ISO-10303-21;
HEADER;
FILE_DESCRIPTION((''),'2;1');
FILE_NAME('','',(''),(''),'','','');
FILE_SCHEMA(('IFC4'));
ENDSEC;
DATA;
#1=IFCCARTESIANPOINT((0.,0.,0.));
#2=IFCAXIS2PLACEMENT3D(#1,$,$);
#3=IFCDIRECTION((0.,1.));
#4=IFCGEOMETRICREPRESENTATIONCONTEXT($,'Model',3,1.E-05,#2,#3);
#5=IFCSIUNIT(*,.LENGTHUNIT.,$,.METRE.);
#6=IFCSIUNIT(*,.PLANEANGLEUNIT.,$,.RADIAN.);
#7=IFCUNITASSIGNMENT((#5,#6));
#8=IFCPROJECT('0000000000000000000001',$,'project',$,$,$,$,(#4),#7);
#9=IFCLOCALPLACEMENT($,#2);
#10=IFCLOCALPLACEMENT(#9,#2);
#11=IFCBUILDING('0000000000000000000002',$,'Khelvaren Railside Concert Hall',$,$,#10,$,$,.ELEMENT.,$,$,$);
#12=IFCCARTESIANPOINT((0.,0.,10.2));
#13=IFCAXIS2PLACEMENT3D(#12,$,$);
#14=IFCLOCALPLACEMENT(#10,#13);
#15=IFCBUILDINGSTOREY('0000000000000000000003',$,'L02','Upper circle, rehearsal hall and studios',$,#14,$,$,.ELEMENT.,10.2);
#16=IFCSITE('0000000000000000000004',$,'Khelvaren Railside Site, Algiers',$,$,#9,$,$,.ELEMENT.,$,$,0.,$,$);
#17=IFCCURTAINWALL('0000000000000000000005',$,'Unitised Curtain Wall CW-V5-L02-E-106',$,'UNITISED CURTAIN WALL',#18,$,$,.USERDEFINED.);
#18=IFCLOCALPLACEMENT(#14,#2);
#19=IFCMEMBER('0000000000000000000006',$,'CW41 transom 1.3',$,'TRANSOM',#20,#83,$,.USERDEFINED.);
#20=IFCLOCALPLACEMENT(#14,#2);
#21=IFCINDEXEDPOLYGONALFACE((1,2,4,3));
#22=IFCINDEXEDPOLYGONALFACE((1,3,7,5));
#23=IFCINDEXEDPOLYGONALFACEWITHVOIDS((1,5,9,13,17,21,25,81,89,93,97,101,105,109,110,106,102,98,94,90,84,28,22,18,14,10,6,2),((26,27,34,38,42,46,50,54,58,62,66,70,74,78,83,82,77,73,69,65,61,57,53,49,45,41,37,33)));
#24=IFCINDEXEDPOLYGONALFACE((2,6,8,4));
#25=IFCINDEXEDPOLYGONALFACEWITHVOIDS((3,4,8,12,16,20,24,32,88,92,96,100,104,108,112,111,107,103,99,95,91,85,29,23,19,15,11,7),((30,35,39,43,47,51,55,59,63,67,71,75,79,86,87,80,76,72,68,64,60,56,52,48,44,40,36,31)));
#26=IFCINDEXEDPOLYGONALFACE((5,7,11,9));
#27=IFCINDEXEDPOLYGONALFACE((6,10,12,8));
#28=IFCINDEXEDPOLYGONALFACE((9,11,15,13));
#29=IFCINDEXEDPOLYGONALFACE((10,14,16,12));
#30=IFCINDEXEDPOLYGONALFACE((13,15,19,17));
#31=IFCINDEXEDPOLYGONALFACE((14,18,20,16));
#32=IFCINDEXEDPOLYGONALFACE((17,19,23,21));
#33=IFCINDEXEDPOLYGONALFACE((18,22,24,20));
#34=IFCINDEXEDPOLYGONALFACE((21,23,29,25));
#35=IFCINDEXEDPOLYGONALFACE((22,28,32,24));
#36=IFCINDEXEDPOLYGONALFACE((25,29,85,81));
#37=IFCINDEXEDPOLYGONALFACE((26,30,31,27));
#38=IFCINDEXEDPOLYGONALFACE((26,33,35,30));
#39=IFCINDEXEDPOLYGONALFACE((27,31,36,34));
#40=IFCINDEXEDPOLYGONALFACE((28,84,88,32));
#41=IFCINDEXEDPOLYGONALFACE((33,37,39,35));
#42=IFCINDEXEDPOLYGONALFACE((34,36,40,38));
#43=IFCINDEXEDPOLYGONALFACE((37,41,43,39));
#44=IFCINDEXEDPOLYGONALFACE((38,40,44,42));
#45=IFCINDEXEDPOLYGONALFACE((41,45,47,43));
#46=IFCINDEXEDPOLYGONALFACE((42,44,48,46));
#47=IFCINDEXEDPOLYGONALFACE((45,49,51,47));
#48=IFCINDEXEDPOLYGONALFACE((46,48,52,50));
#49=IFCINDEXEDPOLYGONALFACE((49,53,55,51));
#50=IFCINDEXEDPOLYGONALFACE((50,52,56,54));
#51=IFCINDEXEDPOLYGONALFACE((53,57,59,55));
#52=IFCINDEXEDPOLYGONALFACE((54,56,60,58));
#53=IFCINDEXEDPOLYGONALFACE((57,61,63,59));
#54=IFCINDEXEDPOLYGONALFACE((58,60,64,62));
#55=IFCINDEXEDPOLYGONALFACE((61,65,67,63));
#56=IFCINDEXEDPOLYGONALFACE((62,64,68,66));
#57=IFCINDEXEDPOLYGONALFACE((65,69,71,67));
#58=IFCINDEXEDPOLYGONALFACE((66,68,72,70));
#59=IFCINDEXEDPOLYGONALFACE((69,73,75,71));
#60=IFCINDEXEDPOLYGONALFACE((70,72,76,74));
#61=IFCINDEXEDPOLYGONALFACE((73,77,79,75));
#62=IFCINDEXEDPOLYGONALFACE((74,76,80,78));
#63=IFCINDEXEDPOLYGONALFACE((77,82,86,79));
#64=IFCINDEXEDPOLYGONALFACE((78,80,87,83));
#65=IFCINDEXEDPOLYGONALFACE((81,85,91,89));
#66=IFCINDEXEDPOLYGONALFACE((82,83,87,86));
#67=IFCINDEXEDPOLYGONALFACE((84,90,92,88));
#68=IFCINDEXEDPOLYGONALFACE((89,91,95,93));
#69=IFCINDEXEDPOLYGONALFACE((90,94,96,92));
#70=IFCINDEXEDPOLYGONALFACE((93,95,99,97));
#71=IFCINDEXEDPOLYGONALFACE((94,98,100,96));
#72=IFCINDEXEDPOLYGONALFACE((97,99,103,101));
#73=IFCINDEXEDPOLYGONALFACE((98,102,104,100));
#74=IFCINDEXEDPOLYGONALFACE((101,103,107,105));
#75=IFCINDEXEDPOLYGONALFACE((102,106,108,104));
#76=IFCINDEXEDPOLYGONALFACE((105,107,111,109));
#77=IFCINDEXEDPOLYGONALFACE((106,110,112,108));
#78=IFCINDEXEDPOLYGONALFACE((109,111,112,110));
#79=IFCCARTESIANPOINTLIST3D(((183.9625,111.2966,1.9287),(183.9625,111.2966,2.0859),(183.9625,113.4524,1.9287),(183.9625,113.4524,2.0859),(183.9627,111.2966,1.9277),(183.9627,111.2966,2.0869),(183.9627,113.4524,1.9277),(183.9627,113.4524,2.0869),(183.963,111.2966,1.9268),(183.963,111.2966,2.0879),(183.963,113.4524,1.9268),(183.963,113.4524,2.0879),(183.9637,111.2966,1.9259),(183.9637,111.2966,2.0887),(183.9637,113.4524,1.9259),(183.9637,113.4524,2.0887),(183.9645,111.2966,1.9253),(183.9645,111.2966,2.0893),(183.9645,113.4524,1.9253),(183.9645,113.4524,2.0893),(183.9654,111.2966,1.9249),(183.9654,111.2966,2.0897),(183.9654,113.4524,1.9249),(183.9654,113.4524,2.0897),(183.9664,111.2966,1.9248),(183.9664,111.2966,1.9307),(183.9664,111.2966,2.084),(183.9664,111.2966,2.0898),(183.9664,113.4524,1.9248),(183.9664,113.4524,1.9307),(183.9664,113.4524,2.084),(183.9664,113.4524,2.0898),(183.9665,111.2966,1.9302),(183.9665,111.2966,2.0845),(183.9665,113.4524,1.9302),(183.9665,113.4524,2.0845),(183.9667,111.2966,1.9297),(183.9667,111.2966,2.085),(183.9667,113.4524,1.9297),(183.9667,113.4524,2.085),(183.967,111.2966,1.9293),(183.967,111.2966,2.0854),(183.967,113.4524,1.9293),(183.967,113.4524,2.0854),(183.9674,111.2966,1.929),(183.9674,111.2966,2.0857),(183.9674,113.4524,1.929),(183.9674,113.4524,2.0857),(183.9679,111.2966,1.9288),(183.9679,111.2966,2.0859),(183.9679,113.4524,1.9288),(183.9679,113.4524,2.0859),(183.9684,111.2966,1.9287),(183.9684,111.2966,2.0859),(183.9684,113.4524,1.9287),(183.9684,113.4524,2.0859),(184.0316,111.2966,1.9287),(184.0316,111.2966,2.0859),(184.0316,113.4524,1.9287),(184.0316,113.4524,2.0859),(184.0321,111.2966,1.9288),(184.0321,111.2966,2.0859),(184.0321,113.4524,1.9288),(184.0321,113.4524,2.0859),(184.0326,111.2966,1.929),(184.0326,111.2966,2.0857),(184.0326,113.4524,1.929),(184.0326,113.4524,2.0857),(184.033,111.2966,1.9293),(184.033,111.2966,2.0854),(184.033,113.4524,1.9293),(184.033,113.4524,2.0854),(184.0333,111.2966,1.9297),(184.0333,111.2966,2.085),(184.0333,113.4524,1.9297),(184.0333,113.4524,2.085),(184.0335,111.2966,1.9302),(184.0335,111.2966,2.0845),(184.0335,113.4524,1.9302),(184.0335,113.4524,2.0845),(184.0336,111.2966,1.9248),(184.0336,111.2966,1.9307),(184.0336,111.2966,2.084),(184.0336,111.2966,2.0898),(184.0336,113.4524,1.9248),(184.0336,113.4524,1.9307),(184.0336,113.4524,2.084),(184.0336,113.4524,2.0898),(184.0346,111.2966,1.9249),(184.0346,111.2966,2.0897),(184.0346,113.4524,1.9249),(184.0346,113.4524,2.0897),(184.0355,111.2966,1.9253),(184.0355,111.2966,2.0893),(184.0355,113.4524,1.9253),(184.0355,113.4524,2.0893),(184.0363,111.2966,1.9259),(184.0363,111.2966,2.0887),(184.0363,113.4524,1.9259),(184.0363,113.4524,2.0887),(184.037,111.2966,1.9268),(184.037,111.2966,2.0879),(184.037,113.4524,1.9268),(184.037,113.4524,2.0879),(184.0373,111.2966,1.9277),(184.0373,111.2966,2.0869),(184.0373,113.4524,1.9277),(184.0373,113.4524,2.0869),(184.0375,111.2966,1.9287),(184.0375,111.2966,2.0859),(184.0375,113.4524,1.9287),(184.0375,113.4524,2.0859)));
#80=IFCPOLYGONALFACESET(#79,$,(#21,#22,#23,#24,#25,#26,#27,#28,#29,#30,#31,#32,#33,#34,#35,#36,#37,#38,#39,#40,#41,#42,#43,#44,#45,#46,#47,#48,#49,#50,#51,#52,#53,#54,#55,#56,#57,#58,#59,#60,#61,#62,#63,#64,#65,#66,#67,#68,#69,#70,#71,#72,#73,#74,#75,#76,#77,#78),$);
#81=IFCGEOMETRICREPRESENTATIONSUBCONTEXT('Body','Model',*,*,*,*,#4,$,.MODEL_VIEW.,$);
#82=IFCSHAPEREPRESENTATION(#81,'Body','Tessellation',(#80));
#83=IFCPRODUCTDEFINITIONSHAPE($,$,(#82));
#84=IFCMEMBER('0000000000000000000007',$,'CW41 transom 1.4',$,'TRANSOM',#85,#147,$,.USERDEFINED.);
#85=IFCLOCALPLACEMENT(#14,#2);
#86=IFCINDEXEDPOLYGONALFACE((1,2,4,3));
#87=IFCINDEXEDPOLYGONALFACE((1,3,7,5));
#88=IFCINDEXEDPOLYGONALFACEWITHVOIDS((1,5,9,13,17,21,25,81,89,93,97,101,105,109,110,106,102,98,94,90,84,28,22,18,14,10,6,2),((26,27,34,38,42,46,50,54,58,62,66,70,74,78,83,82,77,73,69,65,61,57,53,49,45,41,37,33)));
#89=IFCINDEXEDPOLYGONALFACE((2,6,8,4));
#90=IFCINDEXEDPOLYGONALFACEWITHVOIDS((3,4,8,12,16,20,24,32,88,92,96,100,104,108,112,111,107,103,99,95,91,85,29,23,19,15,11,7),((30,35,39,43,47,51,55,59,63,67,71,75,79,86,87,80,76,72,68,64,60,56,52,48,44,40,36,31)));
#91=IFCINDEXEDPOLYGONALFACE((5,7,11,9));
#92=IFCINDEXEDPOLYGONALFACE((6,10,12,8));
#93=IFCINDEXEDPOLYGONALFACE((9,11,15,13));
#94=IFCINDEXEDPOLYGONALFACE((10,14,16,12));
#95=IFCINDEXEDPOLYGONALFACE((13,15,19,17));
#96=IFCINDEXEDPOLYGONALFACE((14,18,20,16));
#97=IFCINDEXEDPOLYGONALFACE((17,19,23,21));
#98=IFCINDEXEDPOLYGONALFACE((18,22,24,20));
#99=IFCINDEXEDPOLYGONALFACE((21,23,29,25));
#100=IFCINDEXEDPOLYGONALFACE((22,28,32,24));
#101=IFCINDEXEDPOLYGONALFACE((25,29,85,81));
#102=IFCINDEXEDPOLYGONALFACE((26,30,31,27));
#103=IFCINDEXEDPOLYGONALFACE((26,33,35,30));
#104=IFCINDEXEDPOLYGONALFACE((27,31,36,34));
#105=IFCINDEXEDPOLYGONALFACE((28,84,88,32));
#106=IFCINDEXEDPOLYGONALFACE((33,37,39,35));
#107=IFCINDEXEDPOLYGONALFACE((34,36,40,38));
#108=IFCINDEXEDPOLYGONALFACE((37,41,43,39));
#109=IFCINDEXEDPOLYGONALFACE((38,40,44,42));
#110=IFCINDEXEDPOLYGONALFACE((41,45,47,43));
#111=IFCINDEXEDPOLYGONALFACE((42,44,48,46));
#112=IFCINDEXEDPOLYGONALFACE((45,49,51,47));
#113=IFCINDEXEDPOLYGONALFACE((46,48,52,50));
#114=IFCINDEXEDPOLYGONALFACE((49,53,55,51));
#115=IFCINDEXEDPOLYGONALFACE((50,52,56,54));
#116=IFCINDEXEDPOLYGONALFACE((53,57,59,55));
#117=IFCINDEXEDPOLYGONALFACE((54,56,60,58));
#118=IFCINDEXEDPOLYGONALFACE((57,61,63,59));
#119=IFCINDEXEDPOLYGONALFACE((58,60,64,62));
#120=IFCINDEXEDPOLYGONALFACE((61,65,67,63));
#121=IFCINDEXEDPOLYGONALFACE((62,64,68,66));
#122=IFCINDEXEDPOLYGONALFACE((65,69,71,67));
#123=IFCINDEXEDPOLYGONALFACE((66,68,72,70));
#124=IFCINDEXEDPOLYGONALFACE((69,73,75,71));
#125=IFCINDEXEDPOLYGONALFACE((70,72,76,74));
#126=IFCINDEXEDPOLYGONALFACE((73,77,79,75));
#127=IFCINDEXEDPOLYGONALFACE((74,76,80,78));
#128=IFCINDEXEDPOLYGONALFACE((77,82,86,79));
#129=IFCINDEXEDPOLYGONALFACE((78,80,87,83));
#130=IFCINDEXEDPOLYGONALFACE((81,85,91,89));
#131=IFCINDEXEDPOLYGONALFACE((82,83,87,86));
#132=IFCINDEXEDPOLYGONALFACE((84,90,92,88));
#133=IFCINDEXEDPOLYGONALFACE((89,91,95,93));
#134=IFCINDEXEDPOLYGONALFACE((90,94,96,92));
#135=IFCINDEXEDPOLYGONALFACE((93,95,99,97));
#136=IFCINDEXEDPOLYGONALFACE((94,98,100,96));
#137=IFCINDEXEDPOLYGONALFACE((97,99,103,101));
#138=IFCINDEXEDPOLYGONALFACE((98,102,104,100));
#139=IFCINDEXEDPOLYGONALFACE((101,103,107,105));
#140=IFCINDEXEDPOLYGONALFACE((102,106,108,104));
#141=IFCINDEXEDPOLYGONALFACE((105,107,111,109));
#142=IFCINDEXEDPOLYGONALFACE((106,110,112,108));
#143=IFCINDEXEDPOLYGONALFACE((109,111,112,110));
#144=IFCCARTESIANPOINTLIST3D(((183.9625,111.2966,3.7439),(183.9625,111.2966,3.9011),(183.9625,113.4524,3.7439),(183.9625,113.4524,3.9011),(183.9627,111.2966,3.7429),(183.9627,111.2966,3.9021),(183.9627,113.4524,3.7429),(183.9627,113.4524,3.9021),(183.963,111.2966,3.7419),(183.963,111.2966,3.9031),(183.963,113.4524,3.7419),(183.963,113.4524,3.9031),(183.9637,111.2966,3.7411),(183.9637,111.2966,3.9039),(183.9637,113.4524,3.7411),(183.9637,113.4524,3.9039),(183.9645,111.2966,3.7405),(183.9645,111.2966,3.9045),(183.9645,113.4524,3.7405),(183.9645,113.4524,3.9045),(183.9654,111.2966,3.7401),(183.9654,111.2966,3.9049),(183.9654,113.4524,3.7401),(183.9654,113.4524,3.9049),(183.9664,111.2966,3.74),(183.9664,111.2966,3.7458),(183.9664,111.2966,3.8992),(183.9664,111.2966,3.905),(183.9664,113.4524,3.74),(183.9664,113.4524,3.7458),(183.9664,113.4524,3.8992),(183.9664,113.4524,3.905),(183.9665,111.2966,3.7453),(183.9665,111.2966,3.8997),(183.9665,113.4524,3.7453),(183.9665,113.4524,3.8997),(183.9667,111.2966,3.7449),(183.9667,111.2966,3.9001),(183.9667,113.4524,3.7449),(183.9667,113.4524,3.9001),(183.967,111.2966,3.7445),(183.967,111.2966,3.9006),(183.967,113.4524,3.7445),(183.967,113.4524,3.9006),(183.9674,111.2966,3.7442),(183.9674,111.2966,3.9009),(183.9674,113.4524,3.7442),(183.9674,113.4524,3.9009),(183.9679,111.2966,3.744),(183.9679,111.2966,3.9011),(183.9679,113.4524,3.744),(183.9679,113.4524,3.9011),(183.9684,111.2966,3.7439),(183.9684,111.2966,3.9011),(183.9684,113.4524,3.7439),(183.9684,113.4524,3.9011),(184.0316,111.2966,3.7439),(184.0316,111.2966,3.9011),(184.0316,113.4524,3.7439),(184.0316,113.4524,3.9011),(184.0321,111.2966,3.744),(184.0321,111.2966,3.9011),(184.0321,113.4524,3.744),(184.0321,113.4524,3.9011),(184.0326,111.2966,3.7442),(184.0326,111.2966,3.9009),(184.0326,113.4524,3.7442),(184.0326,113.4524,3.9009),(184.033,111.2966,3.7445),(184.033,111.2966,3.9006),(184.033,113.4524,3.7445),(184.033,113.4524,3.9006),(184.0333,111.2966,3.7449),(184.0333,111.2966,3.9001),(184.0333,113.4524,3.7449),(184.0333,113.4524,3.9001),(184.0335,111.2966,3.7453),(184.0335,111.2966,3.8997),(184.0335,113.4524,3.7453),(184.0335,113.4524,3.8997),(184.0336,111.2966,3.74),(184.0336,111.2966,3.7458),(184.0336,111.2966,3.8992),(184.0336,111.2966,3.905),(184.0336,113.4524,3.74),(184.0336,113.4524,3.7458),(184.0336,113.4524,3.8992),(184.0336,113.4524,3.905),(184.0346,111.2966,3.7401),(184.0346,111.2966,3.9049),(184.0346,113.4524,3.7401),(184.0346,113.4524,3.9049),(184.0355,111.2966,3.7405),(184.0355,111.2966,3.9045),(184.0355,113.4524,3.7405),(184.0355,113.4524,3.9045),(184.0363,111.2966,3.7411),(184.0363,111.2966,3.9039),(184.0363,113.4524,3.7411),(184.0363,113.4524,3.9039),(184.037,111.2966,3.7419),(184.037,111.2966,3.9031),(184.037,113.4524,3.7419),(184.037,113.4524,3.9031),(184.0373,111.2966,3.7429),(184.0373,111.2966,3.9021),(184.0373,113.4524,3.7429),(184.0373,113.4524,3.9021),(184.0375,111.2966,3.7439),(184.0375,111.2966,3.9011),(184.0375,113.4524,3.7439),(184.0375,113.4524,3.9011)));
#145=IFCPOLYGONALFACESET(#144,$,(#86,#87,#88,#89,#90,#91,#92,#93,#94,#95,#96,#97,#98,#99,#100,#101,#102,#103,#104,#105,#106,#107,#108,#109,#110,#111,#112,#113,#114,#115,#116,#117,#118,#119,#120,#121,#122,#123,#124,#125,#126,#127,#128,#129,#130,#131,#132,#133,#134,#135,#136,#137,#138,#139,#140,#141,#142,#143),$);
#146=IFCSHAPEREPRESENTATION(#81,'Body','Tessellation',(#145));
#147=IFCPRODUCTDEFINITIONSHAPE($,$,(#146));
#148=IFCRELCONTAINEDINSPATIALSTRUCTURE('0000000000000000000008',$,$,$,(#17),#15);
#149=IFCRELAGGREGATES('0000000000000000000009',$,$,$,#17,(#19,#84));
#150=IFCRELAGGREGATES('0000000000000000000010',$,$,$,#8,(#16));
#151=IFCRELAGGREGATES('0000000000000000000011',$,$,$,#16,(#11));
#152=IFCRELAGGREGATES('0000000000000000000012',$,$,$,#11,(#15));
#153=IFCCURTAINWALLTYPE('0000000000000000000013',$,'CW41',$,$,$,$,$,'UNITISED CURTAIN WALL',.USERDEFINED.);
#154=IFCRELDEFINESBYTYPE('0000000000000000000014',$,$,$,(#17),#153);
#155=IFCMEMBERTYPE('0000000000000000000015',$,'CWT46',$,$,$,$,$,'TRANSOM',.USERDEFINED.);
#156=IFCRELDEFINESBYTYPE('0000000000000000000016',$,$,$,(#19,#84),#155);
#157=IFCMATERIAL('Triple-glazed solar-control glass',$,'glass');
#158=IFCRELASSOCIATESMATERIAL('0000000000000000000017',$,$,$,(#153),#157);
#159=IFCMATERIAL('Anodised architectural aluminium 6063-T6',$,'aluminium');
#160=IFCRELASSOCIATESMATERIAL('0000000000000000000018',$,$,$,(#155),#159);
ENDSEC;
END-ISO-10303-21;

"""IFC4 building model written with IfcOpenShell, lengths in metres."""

from ifc_helpers import new_model, si_unit, direction, frame, origin, origin_2d, place, context, subcontext, project, spatial, hollow_rectangle, extrude, material, material_profile, profile_set, type_object, element, aggregate, save


model = new_model("IFC4")

# Units and contexts
model_context = context("Model", 3, precision=1e-05, world=origin(), true_north=direction((0.0, 1.0)))
body_context = subcontext(model_context, "Body", "Model", "MODEL_VIEW")
ifc_project = project(units=[si_unit("LENGTHUNIT", "METRE"), si_unit("PLANEANGLEUNIT", "RADIAN")], contexts=[model_context])

# Site, building, storey
site_placement = place(None, origin())
site = spatial("IfcSite", under=ifc_project, at=site_placement, Name="Khelvaren Railside Site, Algiers", CompositionType="ELEMENT", RefElevation=0.0)
building_placement = place(site_placement, origin())
building = spatial("IfcBuilding", under=site, at=building_placement, Name="Khelvaren Railside Concert Hall", CompositionType="ELEMENT")
storey_placement = place(building_placement, frame((0.0, 0.0, 10.2)))
storey = spatial("IfcBuildingStorey", under=building, at=storey_placement, Name="L02", Description="Upper circle, rehearsal hall and studios", CompositionType="ELEMENT", Elevation=10.2)

# Curtain wall, members
ifc_material_1 = material(Name="Triple-glazed solar-control glass", Category="glass")
curtain_wall_type = type_object("IfcCurtainWallType", Name="CW41", ElementType="UNITISED CURTAIN WALL", PredefinedType="USERDEFINED", material=ifc_material_1)
curtain_wall_placement = place(storey_placement, origin())
curtain_wall = element("IfcCurtainWall", 1, at=curtain_wall_placement, inside=storey, type_object=curtain_wall_type, Name="Unitised Curtain Wall CW-V5-L02-E-106", ObjectType="UNITISED CURTAIN WALL", PredefinedType="USERDEFINED")
ifc_material_2 = material(Name="Anodised architectural aluminium 6063-T6", Category="aluminium")
ifc_material_profile_1 = material_profile(ifc_material_2, hollow_rectangle(XDim=0.075, YDim=0.165, WallThickness=0.0039, InnerFilletRadius=0.002, OuterFilletRadius=0.0039, at=origin_2d()), Name="CWT 75x165x4")
ifc_profile_set_1 = profile_set([ifc_material_profile_1], Name="Anodised architectural aluminium 6063-T6")
member_type_1 = type_object("IfcMemberType", Name="CWT46", ElementType="TRANSOM", PredefinedType="USERDEFINED", material=ifc_profile_set_1)
member_1_placement = place(storey_placement, frame((184.0, 113.4524, 2.0073), z_axis=(0.0, -1.0, 0.0), x_axis=(1.0, 0.0, 0.0)))
member_1 = element("IfcMember", 2, at=member_1_placement, type_object=member_type_1, Name="CW41 transom 1.3", ObjectType="TRANSOM", PredefinedType="USERDEFINED", context=body_context, shape_type="SweptSolid", body=[
    extrude(hollow_rectangle(XDim=0.075, YDim=0.165, WallThickness=0.0039, InnerFilletRadius=0.002, OuterFilletRadius=0.0039, at=origin_2d()), origin(), (0.0, 0.0, 1.0), 2.1558),
])
member_2_placement = place(storey_placement, frame((184.0, 113.4524, 3.8225), z_axis=(0.0, -1.0, 0.0), x_axis=(1.0, 0.0, 0.0)))
member_2 = element("IfcMember", 3, at=member_2_placement, type_object=member_type_1, Name="CW41 transom 1.4", ObjectType="TRANSOM", PredefinedType="USERDEFINED", context=body_context, shape_type="SweptSolid", body=[
    extrude(hollow_rectangle(XDim=0.075, YDim=0.165, WallThickness=0.0039, InnerFilletRadius=0.002, OuterFilletRadius=0.0039, at=origin_2d()), origin(), (0.0, 0.0, 1.0), 2.1558),
])
aggregate(curtain_wall, [member_1, member_2])

save(model, "model.ifc")
